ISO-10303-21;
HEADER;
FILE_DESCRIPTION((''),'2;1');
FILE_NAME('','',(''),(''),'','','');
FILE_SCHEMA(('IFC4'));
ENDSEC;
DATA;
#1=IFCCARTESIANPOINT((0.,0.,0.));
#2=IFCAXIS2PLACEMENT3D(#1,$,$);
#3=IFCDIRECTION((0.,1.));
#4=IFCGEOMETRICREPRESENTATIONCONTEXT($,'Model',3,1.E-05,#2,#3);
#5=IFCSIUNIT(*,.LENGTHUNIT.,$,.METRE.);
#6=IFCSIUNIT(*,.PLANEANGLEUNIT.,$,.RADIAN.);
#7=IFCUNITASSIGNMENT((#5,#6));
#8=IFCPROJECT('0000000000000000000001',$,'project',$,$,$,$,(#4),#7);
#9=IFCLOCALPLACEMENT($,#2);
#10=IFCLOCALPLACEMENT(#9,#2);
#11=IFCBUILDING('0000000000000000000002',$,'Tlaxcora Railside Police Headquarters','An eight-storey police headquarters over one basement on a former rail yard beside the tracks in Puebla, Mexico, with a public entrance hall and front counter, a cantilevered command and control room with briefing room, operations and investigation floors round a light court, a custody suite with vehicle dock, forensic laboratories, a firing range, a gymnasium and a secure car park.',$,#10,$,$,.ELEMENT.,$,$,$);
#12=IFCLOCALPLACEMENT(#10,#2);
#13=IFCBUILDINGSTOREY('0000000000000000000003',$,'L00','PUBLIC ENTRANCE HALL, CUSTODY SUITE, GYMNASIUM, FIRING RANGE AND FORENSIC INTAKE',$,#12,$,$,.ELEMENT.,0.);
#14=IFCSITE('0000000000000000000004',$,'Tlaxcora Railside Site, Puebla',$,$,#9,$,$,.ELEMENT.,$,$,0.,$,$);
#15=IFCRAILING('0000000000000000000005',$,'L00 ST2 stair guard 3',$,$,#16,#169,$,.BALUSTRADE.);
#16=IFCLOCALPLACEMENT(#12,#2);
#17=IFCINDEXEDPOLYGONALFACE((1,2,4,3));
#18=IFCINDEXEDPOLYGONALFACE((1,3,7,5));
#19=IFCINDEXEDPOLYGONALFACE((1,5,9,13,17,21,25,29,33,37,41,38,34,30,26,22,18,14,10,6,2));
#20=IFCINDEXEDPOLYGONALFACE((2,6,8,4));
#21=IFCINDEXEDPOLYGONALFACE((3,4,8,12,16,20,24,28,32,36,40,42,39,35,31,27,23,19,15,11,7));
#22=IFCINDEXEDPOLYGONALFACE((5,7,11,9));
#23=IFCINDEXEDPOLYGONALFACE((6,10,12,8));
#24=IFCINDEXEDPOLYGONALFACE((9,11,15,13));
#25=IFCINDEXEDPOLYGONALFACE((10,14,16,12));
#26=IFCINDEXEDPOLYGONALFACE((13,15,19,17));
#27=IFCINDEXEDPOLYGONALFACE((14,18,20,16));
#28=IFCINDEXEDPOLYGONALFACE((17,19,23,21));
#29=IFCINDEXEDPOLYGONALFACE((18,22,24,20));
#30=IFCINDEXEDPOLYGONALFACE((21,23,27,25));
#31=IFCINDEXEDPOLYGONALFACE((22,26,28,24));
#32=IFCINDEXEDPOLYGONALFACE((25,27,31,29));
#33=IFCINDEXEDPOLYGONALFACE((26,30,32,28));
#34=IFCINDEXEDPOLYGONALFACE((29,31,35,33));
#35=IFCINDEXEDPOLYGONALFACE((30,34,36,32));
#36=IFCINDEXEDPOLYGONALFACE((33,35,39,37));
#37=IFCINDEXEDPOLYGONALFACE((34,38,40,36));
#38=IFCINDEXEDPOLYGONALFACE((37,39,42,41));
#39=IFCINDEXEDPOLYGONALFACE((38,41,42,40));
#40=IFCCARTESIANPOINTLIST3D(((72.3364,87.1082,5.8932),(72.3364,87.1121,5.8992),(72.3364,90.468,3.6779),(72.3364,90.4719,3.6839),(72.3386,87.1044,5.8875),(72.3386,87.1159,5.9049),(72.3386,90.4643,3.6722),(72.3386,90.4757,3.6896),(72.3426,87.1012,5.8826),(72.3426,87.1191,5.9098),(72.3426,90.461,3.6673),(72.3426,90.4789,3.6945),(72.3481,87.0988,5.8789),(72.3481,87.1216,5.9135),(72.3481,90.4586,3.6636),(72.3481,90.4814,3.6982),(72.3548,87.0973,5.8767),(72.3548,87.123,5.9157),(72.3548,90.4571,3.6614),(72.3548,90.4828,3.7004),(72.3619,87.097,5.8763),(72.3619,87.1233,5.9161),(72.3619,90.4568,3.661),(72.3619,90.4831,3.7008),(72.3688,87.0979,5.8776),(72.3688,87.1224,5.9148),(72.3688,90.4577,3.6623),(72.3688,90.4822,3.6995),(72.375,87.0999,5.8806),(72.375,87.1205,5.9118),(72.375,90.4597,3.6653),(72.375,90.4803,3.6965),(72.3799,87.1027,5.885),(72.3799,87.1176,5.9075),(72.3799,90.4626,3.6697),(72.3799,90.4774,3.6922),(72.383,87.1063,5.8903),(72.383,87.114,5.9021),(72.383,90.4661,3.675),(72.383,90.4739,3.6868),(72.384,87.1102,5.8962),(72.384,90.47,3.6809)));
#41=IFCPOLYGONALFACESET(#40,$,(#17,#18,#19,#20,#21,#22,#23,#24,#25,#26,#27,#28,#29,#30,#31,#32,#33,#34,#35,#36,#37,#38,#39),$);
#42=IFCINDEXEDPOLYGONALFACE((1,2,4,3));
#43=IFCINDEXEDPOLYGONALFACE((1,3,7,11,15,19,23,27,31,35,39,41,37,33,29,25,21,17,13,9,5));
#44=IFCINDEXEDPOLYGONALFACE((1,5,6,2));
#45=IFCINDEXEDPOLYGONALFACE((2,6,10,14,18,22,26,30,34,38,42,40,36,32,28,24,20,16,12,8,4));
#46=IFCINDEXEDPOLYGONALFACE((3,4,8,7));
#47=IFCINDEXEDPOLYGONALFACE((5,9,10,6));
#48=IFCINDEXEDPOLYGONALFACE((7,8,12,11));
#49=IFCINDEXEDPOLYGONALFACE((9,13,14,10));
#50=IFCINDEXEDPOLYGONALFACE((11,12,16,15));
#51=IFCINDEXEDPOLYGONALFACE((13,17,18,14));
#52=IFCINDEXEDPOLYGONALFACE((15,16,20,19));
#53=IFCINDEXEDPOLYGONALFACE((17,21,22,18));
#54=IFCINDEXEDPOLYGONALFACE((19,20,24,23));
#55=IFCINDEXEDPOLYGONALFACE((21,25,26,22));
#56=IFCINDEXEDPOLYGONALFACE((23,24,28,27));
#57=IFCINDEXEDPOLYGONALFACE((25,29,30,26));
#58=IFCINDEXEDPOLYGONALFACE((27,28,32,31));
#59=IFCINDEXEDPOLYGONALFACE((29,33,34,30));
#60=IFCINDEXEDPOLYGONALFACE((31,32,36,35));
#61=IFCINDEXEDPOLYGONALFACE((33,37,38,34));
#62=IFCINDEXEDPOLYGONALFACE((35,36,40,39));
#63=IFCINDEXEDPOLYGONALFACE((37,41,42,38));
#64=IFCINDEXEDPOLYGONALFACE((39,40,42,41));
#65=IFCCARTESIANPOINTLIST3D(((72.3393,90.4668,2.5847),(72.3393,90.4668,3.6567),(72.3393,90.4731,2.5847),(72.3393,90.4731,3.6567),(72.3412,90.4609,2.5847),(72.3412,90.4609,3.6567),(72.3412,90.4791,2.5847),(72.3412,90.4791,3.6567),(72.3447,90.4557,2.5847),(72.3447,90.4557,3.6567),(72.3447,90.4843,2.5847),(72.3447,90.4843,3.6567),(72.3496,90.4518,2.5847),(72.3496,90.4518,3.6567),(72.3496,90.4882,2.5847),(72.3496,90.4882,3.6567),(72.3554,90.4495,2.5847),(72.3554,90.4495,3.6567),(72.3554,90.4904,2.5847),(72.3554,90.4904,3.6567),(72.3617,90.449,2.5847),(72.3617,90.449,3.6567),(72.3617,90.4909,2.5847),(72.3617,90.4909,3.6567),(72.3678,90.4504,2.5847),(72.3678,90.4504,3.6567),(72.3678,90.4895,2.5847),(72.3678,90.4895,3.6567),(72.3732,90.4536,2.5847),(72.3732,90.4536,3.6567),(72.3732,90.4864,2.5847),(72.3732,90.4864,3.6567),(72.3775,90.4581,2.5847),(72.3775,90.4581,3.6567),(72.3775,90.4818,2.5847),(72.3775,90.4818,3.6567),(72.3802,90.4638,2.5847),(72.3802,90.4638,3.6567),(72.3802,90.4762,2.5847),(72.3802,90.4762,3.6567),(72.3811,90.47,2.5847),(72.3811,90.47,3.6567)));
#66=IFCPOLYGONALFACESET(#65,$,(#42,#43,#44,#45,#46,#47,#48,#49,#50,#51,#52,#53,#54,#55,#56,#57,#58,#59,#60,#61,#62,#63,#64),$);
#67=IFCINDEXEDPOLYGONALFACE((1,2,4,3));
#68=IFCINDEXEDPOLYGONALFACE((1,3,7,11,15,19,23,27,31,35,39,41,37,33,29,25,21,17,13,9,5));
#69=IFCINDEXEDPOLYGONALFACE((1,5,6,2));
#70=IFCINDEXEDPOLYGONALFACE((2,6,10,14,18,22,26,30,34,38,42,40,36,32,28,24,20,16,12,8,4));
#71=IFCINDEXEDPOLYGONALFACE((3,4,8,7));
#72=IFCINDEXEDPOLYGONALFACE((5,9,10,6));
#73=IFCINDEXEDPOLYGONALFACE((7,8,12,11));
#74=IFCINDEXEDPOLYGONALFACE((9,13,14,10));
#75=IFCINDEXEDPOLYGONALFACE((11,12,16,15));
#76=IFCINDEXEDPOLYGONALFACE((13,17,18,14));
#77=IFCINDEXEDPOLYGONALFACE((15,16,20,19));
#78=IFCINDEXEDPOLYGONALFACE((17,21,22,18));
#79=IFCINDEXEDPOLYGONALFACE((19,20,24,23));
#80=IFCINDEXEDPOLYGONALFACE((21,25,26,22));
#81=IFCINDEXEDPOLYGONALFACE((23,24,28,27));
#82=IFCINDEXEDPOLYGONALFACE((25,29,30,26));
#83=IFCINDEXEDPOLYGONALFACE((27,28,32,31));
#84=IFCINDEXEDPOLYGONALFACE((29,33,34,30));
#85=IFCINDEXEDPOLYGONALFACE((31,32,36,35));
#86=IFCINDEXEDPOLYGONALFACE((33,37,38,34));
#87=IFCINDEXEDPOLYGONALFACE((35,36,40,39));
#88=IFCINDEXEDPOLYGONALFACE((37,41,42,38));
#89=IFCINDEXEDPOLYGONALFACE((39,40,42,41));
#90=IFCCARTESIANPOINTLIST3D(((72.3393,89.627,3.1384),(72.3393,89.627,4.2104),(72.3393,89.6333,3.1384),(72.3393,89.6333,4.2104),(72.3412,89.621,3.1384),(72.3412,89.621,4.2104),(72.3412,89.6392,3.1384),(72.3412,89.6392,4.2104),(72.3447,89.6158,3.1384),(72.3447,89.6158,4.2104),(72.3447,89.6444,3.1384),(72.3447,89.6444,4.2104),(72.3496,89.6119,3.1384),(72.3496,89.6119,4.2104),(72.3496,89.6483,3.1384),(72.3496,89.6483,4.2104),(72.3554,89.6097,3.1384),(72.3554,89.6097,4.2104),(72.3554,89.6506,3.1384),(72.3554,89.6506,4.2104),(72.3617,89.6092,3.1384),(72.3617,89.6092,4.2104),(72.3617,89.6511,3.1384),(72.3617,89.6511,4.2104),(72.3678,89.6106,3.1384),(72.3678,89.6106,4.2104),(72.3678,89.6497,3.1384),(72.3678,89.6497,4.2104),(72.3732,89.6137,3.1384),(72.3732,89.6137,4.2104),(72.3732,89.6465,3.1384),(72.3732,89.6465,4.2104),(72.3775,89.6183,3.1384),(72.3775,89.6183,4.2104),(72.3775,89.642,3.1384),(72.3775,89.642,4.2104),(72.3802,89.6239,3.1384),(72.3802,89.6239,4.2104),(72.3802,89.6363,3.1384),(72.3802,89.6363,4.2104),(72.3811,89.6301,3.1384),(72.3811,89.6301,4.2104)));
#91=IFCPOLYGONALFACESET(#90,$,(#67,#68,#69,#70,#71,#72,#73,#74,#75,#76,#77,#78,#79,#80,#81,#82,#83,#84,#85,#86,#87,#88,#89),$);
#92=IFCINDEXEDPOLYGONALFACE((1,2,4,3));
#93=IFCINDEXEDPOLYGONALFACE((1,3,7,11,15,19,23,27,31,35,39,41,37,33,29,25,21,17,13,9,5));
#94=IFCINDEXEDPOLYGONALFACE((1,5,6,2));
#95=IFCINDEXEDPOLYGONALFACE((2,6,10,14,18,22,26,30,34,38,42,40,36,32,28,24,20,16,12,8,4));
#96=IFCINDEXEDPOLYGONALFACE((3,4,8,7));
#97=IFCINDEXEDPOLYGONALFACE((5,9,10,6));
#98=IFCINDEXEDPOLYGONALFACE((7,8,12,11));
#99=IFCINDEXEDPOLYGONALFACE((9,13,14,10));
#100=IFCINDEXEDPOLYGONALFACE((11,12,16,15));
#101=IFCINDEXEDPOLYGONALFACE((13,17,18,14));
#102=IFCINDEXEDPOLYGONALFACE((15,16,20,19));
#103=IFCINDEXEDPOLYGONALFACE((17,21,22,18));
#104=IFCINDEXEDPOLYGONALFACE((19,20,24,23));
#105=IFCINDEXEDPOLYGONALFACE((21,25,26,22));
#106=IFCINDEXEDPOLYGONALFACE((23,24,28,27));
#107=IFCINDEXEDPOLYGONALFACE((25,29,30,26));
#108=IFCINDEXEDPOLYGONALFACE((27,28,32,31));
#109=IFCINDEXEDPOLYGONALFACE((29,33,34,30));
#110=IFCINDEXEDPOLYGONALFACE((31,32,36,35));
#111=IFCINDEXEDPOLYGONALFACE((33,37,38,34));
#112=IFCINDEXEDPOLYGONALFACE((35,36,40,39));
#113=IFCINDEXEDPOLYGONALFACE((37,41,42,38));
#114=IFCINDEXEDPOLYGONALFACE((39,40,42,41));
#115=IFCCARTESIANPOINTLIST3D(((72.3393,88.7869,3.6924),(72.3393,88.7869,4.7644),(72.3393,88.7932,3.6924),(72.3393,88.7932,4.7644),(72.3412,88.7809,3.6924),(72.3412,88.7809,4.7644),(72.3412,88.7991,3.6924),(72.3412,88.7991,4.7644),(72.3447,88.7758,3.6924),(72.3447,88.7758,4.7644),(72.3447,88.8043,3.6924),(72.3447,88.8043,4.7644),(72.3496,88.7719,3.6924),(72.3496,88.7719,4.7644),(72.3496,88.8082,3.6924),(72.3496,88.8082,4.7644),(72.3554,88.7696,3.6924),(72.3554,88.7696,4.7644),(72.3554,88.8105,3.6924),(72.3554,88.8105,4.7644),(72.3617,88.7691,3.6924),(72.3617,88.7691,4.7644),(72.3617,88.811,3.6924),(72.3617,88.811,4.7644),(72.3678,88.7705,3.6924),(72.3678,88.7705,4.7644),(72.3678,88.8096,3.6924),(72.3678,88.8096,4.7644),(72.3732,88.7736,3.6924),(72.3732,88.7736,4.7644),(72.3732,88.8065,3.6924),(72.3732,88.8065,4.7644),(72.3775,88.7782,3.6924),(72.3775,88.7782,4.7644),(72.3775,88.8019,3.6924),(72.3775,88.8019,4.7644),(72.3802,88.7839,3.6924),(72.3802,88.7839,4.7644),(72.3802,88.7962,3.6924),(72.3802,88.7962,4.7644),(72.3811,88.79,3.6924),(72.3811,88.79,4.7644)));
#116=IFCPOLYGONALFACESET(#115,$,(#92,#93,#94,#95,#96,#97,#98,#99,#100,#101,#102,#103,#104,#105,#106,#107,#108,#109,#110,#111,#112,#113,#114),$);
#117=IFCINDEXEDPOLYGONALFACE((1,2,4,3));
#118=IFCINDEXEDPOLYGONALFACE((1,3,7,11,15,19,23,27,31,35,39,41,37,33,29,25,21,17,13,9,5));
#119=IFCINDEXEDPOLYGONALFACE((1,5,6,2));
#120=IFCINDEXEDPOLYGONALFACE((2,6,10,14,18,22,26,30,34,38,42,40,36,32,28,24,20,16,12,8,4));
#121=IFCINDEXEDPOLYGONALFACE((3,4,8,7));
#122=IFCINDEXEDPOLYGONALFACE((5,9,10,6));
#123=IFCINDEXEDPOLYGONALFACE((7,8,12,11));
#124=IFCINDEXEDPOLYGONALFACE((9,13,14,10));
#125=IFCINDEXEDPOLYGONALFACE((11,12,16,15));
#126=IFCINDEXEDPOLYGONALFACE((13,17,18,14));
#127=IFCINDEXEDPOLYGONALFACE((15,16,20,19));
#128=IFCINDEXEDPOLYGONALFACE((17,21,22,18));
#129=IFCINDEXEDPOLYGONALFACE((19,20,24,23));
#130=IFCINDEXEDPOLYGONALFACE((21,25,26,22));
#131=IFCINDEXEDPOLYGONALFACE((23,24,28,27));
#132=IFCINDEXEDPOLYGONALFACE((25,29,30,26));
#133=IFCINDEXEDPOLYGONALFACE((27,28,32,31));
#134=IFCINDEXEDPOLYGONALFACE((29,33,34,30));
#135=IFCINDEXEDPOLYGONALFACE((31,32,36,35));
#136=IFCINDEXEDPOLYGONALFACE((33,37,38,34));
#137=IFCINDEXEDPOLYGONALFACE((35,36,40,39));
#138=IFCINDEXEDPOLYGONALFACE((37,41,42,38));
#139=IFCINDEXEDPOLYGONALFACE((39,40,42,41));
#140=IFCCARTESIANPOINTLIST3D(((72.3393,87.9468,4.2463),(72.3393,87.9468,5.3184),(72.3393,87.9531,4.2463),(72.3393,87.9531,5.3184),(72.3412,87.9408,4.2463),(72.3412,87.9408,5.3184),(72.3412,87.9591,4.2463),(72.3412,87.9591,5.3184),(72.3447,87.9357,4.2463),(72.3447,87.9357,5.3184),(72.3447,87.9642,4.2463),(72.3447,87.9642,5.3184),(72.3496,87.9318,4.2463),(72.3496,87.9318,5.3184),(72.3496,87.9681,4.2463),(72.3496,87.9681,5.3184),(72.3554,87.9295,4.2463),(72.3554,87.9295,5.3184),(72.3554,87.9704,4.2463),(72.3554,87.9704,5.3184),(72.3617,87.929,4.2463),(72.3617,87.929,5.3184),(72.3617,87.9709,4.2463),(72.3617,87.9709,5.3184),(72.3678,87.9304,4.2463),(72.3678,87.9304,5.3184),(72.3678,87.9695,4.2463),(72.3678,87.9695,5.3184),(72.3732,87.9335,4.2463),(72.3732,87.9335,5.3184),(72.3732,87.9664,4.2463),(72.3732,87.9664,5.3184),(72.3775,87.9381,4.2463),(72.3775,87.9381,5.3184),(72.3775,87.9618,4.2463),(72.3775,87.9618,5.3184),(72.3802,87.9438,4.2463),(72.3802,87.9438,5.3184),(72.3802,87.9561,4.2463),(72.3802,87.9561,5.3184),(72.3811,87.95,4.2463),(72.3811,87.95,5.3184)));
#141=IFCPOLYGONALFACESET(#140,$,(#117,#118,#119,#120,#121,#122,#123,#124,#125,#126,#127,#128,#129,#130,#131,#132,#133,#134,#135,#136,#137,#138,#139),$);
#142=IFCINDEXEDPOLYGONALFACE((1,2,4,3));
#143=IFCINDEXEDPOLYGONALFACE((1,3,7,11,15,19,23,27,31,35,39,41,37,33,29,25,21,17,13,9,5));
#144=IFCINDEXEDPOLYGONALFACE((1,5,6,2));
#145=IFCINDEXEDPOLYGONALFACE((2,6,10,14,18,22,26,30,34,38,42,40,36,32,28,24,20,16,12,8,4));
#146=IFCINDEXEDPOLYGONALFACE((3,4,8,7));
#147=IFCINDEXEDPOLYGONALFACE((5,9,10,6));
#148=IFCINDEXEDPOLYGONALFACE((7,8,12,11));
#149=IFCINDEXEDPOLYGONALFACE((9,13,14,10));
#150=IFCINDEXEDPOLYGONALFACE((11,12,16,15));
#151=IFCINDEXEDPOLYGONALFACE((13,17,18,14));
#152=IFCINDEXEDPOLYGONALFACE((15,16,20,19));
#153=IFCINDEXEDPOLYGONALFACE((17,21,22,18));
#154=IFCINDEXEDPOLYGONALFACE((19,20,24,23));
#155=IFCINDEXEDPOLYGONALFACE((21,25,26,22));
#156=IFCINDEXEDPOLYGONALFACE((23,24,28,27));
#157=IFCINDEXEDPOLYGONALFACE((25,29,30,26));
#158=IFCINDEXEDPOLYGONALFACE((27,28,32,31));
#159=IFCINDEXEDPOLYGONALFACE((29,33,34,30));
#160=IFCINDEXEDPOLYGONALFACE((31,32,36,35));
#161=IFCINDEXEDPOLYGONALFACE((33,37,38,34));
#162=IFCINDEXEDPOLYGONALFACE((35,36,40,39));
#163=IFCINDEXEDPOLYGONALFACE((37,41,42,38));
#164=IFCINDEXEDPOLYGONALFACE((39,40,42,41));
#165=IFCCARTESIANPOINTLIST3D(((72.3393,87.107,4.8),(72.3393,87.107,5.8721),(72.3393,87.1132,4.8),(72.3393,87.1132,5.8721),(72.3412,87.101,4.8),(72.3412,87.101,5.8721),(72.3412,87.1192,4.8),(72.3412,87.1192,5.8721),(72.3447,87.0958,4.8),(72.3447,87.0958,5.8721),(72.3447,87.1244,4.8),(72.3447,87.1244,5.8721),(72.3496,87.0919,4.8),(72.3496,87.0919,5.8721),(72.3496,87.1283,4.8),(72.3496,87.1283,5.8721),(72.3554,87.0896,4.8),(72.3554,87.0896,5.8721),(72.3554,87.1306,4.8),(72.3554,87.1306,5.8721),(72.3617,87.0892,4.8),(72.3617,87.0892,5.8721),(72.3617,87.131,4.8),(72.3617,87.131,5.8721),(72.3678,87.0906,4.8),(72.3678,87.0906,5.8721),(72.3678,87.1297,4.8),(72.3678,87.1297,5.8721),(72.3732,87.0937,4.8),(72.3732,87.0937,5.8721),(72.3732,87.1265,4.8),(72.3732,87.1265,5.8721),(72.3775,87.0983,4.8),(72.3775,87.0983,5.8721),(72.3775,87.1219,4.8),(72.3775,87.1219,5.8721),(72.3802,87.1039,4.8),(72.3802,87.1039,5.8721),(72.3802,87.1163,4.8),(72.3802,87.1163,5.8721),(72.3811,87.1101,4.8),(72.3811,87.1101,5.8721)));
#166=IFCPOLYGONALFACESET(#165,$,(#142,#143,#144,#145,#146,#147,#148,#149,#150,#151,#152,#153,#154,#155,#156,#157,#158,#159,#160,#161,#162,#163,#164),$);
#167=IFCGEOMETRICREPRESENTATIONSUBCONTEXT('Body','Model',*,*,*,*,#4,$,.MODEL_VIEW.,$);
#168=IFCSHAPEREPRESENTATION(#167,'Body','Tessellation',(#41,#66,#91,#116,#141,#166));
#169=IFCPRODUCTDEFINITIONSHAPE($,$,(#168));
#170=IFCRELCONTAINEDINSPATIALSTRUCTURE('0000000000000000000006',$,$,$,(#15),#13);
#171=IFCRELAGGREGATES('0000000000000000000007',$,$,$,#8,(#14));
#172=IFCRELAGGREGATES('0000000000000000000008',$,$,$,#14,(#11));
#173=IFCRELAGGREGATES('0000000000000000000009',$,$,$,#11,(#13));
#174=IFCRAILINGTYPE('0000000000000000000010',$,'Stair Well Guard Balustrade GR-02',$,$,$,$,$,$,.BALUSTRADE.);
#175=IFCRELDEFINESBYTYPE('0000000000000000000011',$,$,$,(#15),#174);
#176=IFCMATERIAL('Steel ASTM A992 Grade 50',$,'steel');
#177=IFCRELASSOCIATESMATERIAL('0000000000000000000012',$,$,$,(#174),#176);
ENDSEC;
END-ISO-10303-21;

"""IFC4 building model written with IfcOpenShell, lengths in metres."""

from ifc_helpers import new_model, si_unit, direction, frame, origin, origin_2d, place, context, subcontext, project, spatial, circle, extrude, material, type_object, element, save


model = new_model("IFC4")

# Units and contexts
model_context = context("Model", 3, precision=1e-05, world=origin(), true_north=direction((0.0, 1.0)))
body_context = subcontext(model_context, "Body", "Model", "MODEL_VIEW")
ifc_project = project(units=[si_unit("LENGTHUNIT", "METRE"), si_unit("PLANEANGLEUNIT", "RADIAN")], contexts=[model_context])

# Site, building, storey
site_placement = place(None, origin())
site = spatial("IfcSite", under=ifc_project, at=site_placement, Name="Tlaxcora Railside Site, Puebla", CompositionType="ELEMENT", RefElevation=0.0)
building_placement = place(site_placement, origin())
building = spatial("IfcBuilding", under=site, at=building_placement, Name="Tlaxcora Railside Police Headquarters", Description="An eight-storey police headquarters over one basement on a former rail yard beside the tracks in Puebla, Mexico, with a public entrance hall and front counter, a cantilevered command and control room with briefing room, operations and investigation floors round a light court, a custody suite with vehicle dock, forensic laboratories, a firing range, a gymnasium and a secure car park.", CompositionType="ELEMENT")
storey_placement = place(building_placement, origin())
storey = spatial("IfcBuildingStorey", under=building, at=storey_placement, Name="L00", Description="PUBLIC ENTRANCE HALL, CUSTODY SUITE, GYMNASIUM, FIRING RANGE AND FORENSIC INTAKE", CompositionType="ELEMENT", Elevation=0.0)

# Shared definitions
ifc_material_1 = material(Name="Steel ASTM A992 Grade 50", Category="steel")

# Railing
railing_type_1 = type_object("IfcRailingType", Name="Stair Well Guard Balustrade GR-02", PredefinedType="BALUSTRADE", material=ifc_material_1)
railing_1_placement = place(storey_placement, frame((72.3601, 90.47, 2.5847)))
element("IfcRailing", 1, at=railing_1_placement, inside=storey, type_object=railing_type_1, Name="L00 ST2 stair guard 3", PredefinedType="BALUSTRADE", context=body_context, shape_type="SweptSolid", body=[
    extrude(circle(Radius=0.0239, at=origin_2d()), frame((0.0, 0.0, 1.0962), z_axis=(0.0, -0.834858, 0.550465), x_axis=(1.0, 0.0, 0.0)), (0.0, 0.0, 1.0), 4.0244),
    extrude(circle(Radius=0.021, at=origin_2d()), origin(), (0.0, 0.0, 1.0), 1.072),
    extrude(circle(Radius=0.021, at=origin_2d()), frame((0.0, -0.8398, 0.5537)), (0.0, 0.0, 1.0), 1.072),
    extrude(circle(Radius=0.021, at=origin_2d()), frame((0.0, -1.6799, 1.1077)), (0.0, 0.0, 1.0), 1.072),
    extrude(circle(Radius=0.021, at=origin_2d()), frame((0.0, -2.52, 1.6616)), (0.0, 0.0, 1.0), 1.072),
    extrude(circle(Radius=0.021, at=origin_2d()), frame((0.0, -3.3599, 2.2153)), (0.0, 0.0, 1.0), 1.072),
])

save(model, "model.ifc")
